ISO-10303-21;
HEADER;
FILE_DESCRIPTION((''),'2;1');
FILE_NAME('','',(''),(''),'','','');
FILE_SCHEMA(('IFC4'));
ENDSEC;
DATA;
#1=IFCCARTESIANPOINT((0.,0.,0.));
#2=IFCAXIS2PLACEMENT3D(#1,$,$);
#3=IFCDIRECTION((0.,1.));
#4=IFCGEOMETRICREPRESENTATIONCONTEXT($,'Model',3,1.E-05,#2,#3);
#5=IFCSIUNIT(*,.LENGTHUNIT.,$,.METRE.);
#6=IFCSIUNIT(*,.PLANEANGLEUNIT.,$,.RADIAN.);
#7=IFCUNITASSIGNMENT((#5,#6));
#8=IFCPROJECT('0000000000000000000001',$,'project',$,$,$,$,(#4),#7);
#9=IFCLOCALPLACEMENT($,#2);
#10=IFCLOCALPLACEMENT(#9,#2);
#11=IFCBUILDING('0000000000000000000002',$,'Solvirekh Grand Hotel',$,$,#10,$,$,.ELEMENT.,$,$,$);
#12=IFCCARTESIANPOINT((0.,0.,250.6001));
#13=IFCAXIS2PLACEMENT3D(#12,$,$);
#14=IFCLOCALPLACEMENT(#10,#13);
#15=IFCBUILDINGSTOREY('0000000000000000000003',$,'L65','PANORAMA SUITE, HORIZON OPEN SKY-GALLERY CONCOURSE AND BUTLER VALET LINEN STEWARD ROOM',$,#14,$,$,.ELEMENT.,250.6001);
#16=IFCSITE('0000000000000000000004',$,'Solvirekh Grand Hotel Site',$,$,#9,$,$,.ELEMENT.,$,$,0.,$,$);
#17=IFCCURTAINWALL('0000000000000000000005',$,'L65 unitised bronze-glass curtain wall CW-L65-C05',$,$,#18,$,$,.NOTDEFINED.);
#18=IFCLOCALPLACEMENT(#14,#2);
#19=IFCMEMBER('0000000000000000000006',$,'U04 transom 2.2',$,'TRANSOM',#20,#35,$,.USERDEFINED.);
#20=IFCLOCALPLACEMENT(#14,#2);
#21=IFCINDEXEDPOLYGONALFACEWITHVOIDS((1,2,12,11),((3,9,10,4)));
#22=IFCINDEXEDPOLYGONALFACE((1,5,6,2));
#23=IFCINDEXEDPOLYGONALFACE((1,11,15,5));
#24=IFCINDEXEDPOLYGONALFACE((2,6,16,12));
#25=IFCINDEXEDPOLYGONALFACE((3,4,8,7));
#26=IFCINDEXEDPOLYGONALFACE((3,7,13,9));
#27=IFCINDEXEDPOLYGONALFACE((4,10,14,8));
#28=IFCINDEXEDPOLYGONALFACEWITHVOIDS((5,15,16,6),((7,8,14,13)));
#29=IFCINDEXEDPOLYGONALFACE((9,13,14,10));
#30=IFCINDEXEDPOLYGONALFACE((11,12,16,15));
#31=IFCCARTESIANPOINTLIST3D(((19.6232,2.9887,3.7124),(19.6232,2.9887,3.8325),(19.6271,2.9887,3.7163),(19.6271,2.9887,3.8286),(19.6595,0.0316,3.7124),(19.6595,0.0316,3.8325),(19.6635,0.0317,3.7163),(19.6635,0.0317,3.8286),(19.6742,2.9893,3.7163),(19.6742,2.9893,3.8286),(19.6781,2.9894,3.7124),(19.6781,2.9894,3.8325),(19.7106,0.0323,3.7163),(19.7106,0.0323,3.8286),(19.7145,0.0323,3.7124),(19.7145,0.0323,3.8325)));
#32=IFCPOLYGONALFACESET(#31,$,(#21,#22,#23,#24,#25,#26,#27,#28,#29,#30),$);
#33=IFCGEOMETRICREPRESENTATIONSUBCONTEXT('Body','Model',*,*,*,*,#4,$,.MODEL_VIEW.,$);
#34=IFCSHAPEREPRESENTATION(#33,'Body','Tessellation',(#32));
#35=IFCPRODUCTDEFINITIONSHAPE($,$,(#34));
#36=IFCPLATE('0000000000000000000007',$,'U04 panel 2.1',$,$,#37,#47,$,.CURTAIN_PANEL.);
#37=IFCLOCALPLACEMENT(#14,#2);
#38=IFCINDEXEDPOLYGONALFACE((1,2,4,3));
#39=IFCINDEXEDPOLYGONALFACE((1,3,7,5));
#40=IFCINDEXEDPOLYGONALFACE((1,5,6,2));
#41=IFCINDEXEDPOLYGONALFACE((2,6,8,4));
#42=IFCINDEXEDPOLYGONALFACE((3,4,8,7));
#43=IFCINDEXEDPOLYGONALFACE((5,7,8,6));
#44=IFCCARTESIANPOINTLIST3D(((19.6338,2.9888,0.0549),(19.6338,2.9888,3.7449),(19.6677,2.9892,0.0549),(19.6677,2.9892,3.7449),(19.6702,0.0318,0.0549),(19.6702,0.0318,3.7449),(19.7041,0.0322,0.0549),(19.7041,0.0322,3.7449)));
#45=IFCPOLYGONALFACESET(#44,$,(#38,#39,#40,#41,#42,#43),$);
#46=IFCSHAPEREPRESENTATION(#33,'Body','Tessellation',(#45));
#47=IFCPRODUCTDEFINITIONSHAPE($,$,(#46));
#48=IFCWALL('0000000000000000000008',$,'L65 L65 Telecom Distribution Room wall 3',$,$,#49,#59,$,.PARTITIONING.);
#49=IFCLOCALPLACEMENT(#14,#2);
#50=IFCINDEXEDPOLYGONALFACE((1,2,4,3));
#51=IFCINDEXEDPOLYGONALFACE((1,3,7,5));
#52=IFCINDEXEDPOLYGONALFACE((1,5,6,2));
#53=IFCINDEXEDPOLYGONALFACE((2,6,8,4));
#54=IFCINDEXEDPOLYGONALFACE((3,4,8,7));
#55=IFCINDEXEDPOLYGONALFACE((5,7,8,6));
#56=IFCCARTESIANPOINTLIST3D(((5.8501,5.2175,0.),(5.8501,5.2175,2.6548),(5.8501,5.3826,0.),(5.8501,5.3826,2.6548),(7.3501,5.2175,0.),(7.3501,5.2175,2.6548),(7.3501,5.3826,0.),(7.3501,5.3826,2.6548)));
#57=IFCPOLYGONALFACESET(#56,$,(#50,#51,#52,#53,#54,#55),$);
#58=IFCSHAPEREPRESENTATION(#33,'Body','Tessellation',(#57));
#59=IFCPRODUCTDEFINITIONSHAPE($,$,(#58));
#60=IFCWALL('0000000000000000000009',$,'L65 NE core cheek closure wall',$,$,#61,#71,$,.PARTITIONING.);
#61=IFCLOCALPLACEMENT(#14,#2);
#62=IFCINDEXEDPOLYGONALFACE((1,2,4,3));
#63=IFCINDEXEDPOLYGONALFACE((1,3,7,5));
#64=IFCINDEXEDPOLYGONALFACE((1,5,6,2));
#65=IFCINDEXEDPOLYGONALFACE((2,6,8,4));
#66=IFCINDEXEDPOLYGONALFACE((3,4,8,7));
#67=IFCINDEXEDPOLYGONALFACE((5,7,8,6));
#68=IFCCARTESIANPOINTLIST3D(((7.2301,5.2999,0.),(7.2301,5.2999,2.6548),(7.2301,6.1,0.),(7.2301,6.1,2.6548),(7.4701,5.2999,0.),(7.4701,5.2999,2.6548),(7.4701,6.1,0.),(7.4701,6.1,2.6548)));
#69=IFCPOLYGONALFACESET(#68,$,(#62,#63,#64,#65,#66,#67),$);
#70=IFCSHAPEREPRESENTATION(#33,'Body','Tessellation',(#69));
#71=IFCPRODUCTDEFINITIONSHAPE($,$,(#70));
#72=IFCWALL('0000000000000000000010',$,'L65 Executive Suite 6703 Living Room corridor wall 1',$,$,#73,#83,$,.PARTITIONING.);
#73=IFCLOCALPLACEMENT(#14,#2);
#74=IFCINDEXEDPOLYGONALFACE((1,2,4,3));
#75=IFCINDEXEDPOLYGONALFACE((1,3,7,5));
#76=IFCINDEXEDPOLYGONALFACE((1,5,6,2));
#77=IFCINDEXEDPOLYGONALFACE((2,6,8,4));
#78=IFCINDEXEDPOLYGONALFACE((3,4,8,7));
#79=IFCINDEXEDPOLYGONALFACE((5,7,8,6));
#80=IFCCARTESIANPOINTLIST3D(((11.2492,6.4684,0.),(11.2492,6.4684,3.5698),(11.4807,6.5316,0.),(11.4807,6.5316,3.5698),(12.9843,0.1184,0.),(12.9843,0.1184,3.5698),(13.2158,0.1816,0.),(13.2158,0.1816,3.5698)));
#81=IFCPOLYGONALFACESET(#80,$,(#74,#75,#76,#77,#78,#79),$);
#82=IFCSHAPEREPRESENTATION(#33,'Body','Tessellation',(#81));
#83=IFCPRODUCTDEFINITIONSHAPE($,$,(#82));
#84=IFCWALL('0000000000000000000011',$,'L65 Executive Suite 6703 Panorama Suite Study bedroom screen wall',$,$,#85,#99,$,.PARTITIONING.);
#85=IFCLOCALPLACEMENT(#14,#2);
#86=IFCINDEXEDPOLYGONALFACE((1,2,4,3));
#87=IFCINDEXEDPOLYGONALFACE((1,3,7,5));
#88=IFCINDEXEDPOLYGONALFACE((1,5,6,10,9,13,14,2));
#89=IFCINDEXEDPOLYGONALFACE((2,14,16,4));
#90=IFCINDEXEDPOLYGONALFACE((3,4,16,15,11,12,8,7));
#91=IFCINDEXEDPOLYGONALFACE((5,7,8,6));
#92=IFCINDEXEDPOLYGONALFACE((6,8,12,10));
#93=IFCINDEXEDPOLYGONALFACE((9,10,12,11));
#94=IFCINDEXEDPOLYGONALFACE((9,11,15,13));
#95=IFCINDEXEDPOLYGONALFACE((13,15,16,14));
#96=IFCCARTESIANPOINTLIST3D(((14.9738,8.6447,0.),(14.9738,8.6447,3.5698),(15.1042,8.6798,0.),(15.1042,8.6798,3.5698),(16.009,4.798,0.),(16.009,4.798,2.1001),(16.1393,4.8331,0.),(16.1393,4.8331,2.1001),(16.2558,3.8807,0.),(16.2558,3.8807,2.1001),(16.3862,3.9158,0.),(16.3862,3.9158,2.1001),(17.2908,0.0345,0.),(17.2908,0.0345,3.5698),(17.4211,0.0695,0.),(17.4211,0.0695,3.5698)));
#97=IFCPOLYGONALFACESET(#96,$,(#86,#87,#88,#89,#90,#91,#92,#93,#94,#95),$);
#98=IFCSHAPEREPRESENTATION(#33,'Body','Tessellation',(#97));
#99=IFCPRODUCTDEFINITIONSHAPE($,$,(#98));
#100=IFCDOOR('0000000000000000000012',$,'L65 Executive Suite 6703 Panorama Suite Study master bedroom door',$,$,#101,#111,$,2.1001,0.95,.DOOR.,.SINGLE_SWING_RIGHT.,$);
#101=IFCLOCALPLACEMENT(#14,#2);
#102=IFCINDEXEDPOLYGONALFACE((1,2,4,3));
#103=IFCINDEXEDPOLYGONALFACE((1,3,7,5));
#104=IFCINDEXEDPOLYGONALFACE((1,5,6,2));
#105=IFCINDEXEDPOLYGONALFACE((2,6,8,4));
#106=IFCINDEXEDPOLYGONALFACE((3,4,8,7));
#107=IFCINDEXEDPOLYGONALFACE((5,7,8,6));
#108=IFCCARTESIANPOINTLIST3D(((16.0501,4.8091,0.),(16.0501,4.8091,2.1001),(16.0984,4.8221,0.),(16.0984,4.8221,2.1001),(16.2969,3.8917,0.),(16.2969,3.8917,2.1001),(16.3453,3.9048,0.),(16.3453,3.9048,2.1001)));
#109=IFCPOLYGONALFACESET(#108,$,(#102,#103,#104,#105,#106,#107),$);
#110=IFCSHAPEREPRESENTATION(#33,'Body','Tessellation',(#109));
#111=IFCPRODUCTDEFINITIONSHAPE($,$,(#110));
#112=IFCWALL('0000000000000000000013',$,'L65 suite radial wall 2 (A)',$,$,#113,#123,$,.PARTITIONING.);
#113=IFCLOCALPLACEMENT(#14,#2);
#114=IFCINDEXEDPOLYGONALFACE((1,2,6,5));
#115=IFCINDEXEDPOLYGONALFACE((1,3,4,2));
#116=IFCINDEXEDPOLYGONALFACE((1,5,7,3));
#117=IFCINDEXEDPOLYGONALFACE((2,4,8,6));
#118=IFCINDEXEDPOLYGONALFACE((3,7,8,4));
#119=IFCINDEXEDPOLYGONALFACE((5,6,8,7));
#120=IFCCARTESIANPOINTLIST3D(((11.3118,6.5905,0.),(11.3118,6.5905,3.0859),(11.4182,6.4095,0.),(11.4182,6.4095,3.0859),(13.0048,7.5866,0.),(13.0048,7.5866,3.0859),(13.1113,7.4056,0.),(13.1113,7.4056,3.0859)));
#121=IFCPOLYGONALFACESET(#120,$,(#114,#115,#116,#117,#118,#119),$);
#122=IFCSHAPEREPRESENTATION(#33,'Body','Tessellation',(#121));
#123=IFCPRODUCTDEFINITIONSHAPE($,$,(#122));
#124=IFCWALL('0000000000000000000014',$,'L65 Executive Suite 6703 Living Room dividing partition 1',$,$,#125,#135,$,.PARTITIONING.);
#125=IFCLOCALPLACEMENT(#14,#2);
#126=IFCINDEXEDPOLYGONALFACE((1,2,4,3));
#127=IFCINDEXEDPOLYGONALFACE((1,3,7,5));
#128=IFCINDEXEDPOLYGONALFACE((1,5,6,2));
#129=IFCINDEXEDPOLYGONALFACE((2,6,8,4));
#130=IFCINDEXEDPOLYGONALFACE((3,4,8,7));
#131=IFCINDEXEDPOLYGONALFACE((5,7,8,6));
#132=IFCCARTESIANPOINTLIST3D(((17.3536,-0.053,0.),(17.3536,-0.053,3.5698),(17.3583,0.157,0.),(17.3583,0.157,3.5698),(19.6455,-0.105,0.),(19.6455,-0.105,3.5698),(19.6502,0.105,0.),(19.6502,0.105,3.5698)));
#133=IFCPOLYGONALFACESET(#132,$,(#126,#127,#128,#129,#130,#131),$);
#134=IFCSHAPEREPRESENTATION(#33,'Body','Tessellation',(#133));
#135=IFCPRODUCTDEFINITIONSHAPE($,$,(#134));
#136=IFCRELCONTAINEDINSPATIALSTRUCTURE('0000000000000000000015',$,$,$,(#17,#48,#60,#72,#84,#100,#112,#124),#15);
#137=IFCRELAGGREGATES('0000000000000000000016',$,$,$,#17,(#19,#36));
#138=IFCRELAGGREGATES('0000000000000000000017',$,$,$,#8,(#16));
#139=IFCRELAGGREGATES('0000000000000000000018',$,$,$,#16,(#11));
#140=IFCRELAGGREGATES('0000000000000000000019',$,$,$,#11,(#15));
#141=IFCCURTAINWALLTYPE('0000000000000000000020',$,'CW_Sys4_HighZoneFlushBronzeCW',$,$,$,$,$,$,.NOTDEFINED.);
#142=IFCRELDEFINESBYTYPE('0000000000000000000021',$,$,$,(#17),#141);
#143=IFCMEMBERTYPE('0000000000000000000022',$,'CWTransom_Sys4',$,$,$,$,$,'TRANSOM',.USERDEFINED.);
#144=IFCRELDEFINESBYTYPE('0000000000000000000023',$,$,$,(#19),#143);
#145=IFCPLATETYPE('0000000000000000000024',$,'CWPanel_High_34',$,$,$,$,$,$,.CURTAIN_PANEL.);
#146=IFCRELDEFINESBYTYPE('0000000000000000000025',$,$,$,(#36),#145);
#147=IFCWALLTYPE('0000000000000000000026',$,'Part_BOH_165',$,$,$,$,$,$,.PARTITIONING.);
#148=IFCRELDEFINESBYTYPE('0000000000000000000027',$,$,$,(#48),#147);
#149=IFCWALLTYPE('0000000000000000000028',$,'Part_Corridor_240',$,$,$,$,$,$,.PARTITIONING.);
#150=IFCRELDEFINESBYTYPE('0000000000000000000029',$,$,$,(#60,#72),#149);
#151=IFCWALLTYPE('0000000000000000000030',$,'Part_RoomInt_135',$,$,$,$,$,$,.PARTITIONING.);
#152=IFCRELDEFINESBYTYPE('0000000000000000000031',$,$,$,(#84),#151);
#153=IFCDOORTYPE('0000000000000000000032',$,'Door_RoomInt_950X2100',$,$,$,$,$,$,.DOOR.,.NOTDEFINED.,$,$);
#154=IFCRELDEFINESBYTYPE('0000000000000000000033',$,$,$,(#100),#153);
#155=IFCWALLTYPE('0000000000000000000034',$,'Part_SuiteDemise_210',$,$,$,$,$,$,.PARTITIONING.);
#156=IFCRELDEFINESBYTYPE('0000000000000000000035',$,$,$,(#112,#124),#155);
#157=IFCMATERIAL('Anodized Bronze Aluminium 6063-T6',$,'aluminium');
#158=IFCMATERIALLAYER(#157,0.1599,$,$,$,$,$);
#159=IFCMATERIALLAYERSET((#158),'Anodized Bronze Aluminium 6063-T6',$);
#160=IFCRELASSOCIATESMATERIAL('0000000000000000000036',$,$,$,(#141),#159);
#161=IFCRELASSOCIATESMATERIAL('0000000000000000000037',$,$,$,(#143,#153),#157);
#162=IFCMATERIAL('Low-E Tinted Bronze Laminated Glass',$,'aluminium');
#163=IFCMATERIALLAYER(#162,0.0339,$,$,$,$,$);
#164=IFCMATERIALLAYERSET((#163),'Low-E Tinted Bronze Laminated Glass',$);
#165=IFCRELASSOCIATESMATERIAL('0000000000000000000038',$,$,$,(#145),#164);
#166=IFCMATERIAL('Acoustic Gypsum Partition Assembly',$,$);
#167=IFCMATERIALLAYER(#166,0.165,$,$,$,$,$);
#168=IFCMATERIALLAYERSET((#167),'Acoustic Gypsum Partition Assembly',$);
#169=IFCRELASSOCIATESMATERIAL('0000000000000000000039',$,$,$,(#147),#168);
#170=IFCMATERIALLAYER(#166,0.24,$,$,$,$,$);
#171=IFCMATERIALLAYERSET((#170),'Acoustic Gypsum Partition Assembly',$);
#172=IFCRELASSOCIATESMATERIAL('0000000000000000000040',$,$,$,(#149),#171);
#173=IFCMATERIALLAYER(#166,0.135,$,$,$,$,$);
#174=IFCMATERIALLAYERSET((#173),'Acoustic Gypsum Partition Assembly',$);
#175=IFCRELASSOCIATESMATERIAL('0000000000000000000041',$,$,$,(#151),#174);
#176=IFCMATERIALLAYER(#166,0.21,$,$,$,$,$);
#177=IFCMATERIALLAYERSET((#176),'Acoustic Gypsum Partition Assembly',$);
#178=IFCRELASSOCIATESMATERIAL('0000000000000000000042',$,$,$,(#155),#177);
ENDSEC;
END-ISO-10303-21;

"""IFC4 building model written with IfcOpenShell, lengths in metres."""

from ifc_helpers import new_model, si_unit, direction, frame, frame_2d, origin, origin_2d, place, context, subcontext, project, spatial, rectangle, hollow_rectangle, extrude, source, transform, mapped, material, layer, layer_set, material_profile, profile_set, type_object, element, fill, aggregate, save


model = new_model("IFC4")

# Units and contexts
model_context = context("Model", 3, precision=1e-05, world=origin(), true_north=direction((0.0, 1.0)))
body_context = subcontext(model_context, "Body", "Model", "MODEL_VIEW")
ifc_project = project(units=[si_unit("LENGTHUNIT", "METRE"), si_unit("PLANEANGLEUNIT", "RADIAN")], contexts=[model_context])

# Site, building, storey
site_placement = place(None, origin())
site = spatial("IfcSite", under=ifc_project, at=site_placement, Name="Solvirekh Grand Hotel Site", CompositionType="ELEMENT", RefElevation=0.0)
building_placement = place(site_placement, origin())
building = spatial("IfcBuilding", under=site, at=building_placement, Name="Solvirekh Grand Hotel", CompositionType="ELEMENT")
storey_placement = place(building_placement, frame((0.0, 0.0, 250.6001)))
storey = spatial("IfcBuildingStorey", under=building, at=storey_placement, Name="L65", Description="PANORAMA SUITE, HORIZON OPEN SKY-GALLERY CONCOURSE AND BUTLER VALET LINEN STEWARD ROOM", CompositionType="ELEMENT", Elevation=250.6001)

# Curtain wall, member, plate
ifc_material_1 = material(Name="Anodized Bronze Aluminium 6063-T6", Category="aluminium")
ifc_layer_1 = layer(ifc_material_1, 0.1599)
ifc_layer_set_1 = layer_set([ifc_layer_1], Name="Anodized Bronze Aluminium 6063-T6")
curtain_wall_type = type_object("IfcCurtainWallType", Name="CW_Sys4_HighZoneFlushBronzeCW", PredefinedType="NOTDEFINED", material=ifc_layer_set_1)
curtain_wall_placement = place(storey_placement, origin())
curtain_wall = element("IfcCurtainWall", 1, at=curtain_wall_placement, inside=storey, type_object=curtain_wall_type, Name="L65 unitised bronze-glass curtain wall CW-L65-C05", PredefinedType="NOTDEFINED")
ifc_material_profile_1 = material_profile(ifc_material_1, hollow_rectangle(XDim=0.0549, YDim=0.1201, WallThickness=0.0039, at=origin_2d()), Name="ALU RHS 120X55X4")
ifc_profile_set_1 = profile_set([ifc_material_profile_1], Name="Anodized Bronze Aluminium 6063-T6")
member_type_1 = type_object("IfcMemberType", Name="CWTransom_Sys4", ElementType="TRANSOM", PredefinedType="USERDEFINED", material=ifc_profile_set_1)
shared_shape_1 = source(origin(), body_context, "Body", "SweptSolid", [
    extrude(hollow_rectangle(XDim=0.0549, YDim=0.1201, WallThickness=0.0039, at=origin_2d()), origin(), (0.0, 0.0, 1.0), 2.9573),
])
member_1_placement = place(storey_placement, frame((19.687, 0.032, 3.7725), z_axis=(-0.012301, 0.999924, 0.0), x_axis=(-0.999924, -0.012301, 0.0)))
member_1 = element("IfcMember", 2, at=member_1_placement, type_object=member_type_1, Name="U04 transom 2.2", ObjectType="TRANSOM", PredefinedType="USERDEFINED", context=body_context, shape_type="MappedRepresentation", body=[
    mapped(shared_shape_1, transform((0.0, 0.0, 0.0), x_axis=(1.0, 0.0, 0.0), y_axis=(0.0, 1.0, 0.0), z_axis=(0.0, 0.0, 1.0), scale=1.0)),
])
ifc_material_2 = material(Name="Low-E Tinted Bronze Laminated Glass", Category="aluminium")
ifc_layer_2 = layer(ifc_material_2, 0.0339)
ifc_layer_set_2 = layer_set([ifc_layer_2], Name="Low-E Tinted Bronze Laminated Glass")
plate_type = type_object("IfcPlateType", Name="CWPanel_High_34", PredefinedType="CURTAIN_PANEL", material=ifc_layer_set_2)
shared_shape_2 = source(origin(), body_context, "Body", "SweptSolid", [
    extrude(rectangle(XDim=2.9573, YDim=0.0339, at=origin_2d()), origin(), (0.0, 0.0, 1.0), 3.6899),
])
plate_placement = place(storey_placement, frame((19.6689, 1.5105, 0.0549), z_axis=(0.0, 0.0, 1.0), x_axis=(-0.012306, 0.999924, 0.0)))
plate = element("IfcPlate", 3, at=plate_placement, type_object=plate_type, Name="U04 panel 2.1", PredefinedType="CURTAIN_PANEL", context=body_context, shape_type="MappedRepresentation", body=[
    mapped(shared_shape_2, transform((0.0, 0.0, 0.0), x_axis=(1.0, 0.0, 0.0), y_axis=(0.0, 1.0, 0.0), z_axis=(0.0, 0.0, 1.0), scale=1.0)),
])
aggregate(curtain_wall, [member_1, plate])

# Shared definitions
ifc_material_3 = material(Name="Acoustic Gypsum Partition Assembly")
ifc_layer_3 = layer(ifc_material_3, 0.165)
ifc_layer_set_3 = layer_set([ifc_layer_3], Name="Acoustic Gypsum Partition Assembly")
wall_type_1 = type_object("IfcWallType", Name="Part_BOH_165", PredefinedType="PARTITIONING", material=ifc_layer_set_3)

# Walls
wall_1_placement = place(storey_placement, frame((7.3501, 5.3, 0.0), z_axis=(0.0, 0.0, 1.0), x_axis=(-1.0, 0.0, 0.0)))
element("IfcWall", 4, at=wall_1_placement, inside=storey, type_object=wall_type_1, Name="L65 L65 Telecom Distribution Room wall 3", PredefinedType="PARTITIONING", context=body_context, shape_type="SweptSolid", body=[
    extrude(rectangle(XDim=1.5, YDim=0.165, at=frame_2d((0.75, 0.0))), origin(), (0.0, 0.0, 1.0), 2.6548),
])
ifc_layer_4 = layer(ifc_material_3, 0.24)
ifc_layer_set_4 = layer_set([ifc_layer_4], Name="Acoustic Gypsum Partition Assembly")
wall_type_2 = type_object("IfcWallType", Name="Part_Corridor_240", PredefinedType="PARTITIONING", material=ifc_layer_set_4)
wall_2_placement = place(storey_placement, frame((7.3501, 5.3, 0.0), z_axis=(0.0, 0.0, 1.0), x_axis=(0.0, 1.0, 0.0)))
element("IfcWall", 5, at=wall_2_placement, inside=storey, type_object=wall_type_2, Name="L65 NE core cheek closure wall", PredefinedType="PARTITIONING", context=body_context, shape_type="SweptSolid", body=[
    extrude(rectangle(XDim=0.8, YDim=0.24, at=frame_2d((0.3999, 0.0))), origin(), (0.0, 0.0, 1.0), 2.6548),
])
wall_3_placement = place(storey_placement, frame((13.1001, 0.1499, 0.0), z_axis=(0.0, 0.0, 1.0), x_axis=(-0.263579, 0.964638, 0.0)))
element("IfcWall", 6, at=wall_3_placement, inside=storey, type_object=wall_type_2, Name="L65 Executive Suite 6703 Living Room corridor wall 1", PredefinedType="PARTITIONING", context=body_context, shape_type="SweptSolid", body=[
    extrude(rectangle(XDim=6.5828, YDim=0.24, at=frame_2d((3.2915, 0.0))), origin(), (0.0, 0.0, 1.0), 3.5698),
])

# Wall, opening, door
ifc_layer_5 = layer(ifc_material_3, 0.135)
ifc_layer_set_5 = layer_set([ifc_layer_5], Name="Acoustic Gypsum Partition Assembly")
wall_type_3 = type_object("IfcWallType", Name="Part_RoomInt_135", PredefinedType="PARTITIONING", material=ifc_layer_set_5)
wall_4_placement = place(storey_placement, frame((17.356, 0.052, 0.0), z_axis=(0.0, 0.0, 1.0), x_axis=(-0.259847, 0.96565, 0.0)))
wall_4 = element("IfcWall", 7, at=wall_4_placement, inside=storey, type_object=wall_type_3, Name="L65 Executive Suite 6703 Panorama Suite Study bedroom screen wall", PredefinedType="PARTITIONING", context=body_context, shape_type="SweptSolid", body=[
    extrude(rectangle(XDim=8.9165, YDim=0.135, at=frame_2d((4.4583, 0.0))), origin(), (0.0, 0.0, 1.0), 3.5698),
])
opening_1_placement = place(wall_4_placement, frame((3.9829, 0.0, 0.0)))
opening_1 = element("IfcOpeningElement", 8, at=opening_1_placement, cuts=wall_4, PredefinedType="OPENING", context=body_context, shape_type="SweptSolid", body=[
    extrude(rectangle(XDim=0.95, YDim=2.1001, at=frame_2d((0.4751, 1.05))), frame((0.0, 0.0776, 0.0), z_axis=(0.0, -1.0, 0.0), x_axis=(1.0, 0.0, 0.0)), (0.0, 0.0, 1.0), 0.155),
])
door_type_1 = type_object("IfcDoorType", Name="Door_RoomInt_950X2100", OperationType="NOTDEFINED", PredefinedType="DOOR", material=ifc_material_1)
door_1_placement = place(opening_1_placement, origin())
door_1 = element("IfcDoor", 9, at=door_1_placement, inside=storey, type_object=door_type_1, Name="L65 Executive Suite 6703 Panorama Suite Study master bedroom door", OperationType="SINGLE_SWING_RIGHT", OverallHeight=2.1001, OverallWidth=0.95, PredefinedType="DOOR", context=body_context, shape_type="SweptSolid", body=[
    extrude(rectangle(XDim=0.95, YDim=2.1001, at=frame_2d((0.4751, 1.05))), frame((0.0, 0.0249, 0.0), z_axis=(0.0, -1.0, 0.0), x_axis=(1.0, 0.0, 0.0)), (0.0, 0.0, 1.0), 0.05),
])
fill(opening_1, door_1)

# Walls
ifc_layer_6 = layer(ifc_material_3, 0.21)
ifc_layer_set_6 = layer_set([ifc_layer_6], Name="Acoustic Gypsum Partition Assembly")
wall_type_4 = type_object("IfcWallType", Name="Part_SuiteDemise_210", PredefinedType="PARTITIONING", material=ifc_layer_set_6)
wall_5_placement = place(storey_placement, frame((11.365, 6.5, 0.0), z_axis=(0.0, 0.0, 1.0), x_axis=(0.861902, 0.507074, 0.0)))
element("IfcWall", 10, at=wall_5_placement, inside=storey, type_object=wall_type_4, Name="L65 suite radial wall 2 (A)", PredefinedType="PARTITIONING", context=body_context, shape_type="SweptSolid", body=[
    extrude(rectangle(XDim=1.9644, YDim=0.21, at=frame_2d((0.9822, 0.0))), origin(), (0.0, 0.0, 1.0), 3.0859),
])
wall_6_placement = place(storey_placement, frame((17.356, 0.052, 0.0), z_axis=(0.0, 0.0, 1.0), x_axis=(0.999743, -0.022683, 0.0)))
element("IfcWall", 11, at=wall_6_placement, inside=storey, type_object=wall_type_4, Name="L65 Executive Suite 6703 Living Room dividing partition 1", PredefinedType="PARTITIONING", context=body_context, shape_type="SweptSolid", body=[
    extrude(rectangle(XDim=2.2925, YDim=0.21, at=frame_2d((1.1462, 0.0))), origin(), (0.0, 0.0, 1.0), 3.5698),
])

save(model, "model.ifc")
